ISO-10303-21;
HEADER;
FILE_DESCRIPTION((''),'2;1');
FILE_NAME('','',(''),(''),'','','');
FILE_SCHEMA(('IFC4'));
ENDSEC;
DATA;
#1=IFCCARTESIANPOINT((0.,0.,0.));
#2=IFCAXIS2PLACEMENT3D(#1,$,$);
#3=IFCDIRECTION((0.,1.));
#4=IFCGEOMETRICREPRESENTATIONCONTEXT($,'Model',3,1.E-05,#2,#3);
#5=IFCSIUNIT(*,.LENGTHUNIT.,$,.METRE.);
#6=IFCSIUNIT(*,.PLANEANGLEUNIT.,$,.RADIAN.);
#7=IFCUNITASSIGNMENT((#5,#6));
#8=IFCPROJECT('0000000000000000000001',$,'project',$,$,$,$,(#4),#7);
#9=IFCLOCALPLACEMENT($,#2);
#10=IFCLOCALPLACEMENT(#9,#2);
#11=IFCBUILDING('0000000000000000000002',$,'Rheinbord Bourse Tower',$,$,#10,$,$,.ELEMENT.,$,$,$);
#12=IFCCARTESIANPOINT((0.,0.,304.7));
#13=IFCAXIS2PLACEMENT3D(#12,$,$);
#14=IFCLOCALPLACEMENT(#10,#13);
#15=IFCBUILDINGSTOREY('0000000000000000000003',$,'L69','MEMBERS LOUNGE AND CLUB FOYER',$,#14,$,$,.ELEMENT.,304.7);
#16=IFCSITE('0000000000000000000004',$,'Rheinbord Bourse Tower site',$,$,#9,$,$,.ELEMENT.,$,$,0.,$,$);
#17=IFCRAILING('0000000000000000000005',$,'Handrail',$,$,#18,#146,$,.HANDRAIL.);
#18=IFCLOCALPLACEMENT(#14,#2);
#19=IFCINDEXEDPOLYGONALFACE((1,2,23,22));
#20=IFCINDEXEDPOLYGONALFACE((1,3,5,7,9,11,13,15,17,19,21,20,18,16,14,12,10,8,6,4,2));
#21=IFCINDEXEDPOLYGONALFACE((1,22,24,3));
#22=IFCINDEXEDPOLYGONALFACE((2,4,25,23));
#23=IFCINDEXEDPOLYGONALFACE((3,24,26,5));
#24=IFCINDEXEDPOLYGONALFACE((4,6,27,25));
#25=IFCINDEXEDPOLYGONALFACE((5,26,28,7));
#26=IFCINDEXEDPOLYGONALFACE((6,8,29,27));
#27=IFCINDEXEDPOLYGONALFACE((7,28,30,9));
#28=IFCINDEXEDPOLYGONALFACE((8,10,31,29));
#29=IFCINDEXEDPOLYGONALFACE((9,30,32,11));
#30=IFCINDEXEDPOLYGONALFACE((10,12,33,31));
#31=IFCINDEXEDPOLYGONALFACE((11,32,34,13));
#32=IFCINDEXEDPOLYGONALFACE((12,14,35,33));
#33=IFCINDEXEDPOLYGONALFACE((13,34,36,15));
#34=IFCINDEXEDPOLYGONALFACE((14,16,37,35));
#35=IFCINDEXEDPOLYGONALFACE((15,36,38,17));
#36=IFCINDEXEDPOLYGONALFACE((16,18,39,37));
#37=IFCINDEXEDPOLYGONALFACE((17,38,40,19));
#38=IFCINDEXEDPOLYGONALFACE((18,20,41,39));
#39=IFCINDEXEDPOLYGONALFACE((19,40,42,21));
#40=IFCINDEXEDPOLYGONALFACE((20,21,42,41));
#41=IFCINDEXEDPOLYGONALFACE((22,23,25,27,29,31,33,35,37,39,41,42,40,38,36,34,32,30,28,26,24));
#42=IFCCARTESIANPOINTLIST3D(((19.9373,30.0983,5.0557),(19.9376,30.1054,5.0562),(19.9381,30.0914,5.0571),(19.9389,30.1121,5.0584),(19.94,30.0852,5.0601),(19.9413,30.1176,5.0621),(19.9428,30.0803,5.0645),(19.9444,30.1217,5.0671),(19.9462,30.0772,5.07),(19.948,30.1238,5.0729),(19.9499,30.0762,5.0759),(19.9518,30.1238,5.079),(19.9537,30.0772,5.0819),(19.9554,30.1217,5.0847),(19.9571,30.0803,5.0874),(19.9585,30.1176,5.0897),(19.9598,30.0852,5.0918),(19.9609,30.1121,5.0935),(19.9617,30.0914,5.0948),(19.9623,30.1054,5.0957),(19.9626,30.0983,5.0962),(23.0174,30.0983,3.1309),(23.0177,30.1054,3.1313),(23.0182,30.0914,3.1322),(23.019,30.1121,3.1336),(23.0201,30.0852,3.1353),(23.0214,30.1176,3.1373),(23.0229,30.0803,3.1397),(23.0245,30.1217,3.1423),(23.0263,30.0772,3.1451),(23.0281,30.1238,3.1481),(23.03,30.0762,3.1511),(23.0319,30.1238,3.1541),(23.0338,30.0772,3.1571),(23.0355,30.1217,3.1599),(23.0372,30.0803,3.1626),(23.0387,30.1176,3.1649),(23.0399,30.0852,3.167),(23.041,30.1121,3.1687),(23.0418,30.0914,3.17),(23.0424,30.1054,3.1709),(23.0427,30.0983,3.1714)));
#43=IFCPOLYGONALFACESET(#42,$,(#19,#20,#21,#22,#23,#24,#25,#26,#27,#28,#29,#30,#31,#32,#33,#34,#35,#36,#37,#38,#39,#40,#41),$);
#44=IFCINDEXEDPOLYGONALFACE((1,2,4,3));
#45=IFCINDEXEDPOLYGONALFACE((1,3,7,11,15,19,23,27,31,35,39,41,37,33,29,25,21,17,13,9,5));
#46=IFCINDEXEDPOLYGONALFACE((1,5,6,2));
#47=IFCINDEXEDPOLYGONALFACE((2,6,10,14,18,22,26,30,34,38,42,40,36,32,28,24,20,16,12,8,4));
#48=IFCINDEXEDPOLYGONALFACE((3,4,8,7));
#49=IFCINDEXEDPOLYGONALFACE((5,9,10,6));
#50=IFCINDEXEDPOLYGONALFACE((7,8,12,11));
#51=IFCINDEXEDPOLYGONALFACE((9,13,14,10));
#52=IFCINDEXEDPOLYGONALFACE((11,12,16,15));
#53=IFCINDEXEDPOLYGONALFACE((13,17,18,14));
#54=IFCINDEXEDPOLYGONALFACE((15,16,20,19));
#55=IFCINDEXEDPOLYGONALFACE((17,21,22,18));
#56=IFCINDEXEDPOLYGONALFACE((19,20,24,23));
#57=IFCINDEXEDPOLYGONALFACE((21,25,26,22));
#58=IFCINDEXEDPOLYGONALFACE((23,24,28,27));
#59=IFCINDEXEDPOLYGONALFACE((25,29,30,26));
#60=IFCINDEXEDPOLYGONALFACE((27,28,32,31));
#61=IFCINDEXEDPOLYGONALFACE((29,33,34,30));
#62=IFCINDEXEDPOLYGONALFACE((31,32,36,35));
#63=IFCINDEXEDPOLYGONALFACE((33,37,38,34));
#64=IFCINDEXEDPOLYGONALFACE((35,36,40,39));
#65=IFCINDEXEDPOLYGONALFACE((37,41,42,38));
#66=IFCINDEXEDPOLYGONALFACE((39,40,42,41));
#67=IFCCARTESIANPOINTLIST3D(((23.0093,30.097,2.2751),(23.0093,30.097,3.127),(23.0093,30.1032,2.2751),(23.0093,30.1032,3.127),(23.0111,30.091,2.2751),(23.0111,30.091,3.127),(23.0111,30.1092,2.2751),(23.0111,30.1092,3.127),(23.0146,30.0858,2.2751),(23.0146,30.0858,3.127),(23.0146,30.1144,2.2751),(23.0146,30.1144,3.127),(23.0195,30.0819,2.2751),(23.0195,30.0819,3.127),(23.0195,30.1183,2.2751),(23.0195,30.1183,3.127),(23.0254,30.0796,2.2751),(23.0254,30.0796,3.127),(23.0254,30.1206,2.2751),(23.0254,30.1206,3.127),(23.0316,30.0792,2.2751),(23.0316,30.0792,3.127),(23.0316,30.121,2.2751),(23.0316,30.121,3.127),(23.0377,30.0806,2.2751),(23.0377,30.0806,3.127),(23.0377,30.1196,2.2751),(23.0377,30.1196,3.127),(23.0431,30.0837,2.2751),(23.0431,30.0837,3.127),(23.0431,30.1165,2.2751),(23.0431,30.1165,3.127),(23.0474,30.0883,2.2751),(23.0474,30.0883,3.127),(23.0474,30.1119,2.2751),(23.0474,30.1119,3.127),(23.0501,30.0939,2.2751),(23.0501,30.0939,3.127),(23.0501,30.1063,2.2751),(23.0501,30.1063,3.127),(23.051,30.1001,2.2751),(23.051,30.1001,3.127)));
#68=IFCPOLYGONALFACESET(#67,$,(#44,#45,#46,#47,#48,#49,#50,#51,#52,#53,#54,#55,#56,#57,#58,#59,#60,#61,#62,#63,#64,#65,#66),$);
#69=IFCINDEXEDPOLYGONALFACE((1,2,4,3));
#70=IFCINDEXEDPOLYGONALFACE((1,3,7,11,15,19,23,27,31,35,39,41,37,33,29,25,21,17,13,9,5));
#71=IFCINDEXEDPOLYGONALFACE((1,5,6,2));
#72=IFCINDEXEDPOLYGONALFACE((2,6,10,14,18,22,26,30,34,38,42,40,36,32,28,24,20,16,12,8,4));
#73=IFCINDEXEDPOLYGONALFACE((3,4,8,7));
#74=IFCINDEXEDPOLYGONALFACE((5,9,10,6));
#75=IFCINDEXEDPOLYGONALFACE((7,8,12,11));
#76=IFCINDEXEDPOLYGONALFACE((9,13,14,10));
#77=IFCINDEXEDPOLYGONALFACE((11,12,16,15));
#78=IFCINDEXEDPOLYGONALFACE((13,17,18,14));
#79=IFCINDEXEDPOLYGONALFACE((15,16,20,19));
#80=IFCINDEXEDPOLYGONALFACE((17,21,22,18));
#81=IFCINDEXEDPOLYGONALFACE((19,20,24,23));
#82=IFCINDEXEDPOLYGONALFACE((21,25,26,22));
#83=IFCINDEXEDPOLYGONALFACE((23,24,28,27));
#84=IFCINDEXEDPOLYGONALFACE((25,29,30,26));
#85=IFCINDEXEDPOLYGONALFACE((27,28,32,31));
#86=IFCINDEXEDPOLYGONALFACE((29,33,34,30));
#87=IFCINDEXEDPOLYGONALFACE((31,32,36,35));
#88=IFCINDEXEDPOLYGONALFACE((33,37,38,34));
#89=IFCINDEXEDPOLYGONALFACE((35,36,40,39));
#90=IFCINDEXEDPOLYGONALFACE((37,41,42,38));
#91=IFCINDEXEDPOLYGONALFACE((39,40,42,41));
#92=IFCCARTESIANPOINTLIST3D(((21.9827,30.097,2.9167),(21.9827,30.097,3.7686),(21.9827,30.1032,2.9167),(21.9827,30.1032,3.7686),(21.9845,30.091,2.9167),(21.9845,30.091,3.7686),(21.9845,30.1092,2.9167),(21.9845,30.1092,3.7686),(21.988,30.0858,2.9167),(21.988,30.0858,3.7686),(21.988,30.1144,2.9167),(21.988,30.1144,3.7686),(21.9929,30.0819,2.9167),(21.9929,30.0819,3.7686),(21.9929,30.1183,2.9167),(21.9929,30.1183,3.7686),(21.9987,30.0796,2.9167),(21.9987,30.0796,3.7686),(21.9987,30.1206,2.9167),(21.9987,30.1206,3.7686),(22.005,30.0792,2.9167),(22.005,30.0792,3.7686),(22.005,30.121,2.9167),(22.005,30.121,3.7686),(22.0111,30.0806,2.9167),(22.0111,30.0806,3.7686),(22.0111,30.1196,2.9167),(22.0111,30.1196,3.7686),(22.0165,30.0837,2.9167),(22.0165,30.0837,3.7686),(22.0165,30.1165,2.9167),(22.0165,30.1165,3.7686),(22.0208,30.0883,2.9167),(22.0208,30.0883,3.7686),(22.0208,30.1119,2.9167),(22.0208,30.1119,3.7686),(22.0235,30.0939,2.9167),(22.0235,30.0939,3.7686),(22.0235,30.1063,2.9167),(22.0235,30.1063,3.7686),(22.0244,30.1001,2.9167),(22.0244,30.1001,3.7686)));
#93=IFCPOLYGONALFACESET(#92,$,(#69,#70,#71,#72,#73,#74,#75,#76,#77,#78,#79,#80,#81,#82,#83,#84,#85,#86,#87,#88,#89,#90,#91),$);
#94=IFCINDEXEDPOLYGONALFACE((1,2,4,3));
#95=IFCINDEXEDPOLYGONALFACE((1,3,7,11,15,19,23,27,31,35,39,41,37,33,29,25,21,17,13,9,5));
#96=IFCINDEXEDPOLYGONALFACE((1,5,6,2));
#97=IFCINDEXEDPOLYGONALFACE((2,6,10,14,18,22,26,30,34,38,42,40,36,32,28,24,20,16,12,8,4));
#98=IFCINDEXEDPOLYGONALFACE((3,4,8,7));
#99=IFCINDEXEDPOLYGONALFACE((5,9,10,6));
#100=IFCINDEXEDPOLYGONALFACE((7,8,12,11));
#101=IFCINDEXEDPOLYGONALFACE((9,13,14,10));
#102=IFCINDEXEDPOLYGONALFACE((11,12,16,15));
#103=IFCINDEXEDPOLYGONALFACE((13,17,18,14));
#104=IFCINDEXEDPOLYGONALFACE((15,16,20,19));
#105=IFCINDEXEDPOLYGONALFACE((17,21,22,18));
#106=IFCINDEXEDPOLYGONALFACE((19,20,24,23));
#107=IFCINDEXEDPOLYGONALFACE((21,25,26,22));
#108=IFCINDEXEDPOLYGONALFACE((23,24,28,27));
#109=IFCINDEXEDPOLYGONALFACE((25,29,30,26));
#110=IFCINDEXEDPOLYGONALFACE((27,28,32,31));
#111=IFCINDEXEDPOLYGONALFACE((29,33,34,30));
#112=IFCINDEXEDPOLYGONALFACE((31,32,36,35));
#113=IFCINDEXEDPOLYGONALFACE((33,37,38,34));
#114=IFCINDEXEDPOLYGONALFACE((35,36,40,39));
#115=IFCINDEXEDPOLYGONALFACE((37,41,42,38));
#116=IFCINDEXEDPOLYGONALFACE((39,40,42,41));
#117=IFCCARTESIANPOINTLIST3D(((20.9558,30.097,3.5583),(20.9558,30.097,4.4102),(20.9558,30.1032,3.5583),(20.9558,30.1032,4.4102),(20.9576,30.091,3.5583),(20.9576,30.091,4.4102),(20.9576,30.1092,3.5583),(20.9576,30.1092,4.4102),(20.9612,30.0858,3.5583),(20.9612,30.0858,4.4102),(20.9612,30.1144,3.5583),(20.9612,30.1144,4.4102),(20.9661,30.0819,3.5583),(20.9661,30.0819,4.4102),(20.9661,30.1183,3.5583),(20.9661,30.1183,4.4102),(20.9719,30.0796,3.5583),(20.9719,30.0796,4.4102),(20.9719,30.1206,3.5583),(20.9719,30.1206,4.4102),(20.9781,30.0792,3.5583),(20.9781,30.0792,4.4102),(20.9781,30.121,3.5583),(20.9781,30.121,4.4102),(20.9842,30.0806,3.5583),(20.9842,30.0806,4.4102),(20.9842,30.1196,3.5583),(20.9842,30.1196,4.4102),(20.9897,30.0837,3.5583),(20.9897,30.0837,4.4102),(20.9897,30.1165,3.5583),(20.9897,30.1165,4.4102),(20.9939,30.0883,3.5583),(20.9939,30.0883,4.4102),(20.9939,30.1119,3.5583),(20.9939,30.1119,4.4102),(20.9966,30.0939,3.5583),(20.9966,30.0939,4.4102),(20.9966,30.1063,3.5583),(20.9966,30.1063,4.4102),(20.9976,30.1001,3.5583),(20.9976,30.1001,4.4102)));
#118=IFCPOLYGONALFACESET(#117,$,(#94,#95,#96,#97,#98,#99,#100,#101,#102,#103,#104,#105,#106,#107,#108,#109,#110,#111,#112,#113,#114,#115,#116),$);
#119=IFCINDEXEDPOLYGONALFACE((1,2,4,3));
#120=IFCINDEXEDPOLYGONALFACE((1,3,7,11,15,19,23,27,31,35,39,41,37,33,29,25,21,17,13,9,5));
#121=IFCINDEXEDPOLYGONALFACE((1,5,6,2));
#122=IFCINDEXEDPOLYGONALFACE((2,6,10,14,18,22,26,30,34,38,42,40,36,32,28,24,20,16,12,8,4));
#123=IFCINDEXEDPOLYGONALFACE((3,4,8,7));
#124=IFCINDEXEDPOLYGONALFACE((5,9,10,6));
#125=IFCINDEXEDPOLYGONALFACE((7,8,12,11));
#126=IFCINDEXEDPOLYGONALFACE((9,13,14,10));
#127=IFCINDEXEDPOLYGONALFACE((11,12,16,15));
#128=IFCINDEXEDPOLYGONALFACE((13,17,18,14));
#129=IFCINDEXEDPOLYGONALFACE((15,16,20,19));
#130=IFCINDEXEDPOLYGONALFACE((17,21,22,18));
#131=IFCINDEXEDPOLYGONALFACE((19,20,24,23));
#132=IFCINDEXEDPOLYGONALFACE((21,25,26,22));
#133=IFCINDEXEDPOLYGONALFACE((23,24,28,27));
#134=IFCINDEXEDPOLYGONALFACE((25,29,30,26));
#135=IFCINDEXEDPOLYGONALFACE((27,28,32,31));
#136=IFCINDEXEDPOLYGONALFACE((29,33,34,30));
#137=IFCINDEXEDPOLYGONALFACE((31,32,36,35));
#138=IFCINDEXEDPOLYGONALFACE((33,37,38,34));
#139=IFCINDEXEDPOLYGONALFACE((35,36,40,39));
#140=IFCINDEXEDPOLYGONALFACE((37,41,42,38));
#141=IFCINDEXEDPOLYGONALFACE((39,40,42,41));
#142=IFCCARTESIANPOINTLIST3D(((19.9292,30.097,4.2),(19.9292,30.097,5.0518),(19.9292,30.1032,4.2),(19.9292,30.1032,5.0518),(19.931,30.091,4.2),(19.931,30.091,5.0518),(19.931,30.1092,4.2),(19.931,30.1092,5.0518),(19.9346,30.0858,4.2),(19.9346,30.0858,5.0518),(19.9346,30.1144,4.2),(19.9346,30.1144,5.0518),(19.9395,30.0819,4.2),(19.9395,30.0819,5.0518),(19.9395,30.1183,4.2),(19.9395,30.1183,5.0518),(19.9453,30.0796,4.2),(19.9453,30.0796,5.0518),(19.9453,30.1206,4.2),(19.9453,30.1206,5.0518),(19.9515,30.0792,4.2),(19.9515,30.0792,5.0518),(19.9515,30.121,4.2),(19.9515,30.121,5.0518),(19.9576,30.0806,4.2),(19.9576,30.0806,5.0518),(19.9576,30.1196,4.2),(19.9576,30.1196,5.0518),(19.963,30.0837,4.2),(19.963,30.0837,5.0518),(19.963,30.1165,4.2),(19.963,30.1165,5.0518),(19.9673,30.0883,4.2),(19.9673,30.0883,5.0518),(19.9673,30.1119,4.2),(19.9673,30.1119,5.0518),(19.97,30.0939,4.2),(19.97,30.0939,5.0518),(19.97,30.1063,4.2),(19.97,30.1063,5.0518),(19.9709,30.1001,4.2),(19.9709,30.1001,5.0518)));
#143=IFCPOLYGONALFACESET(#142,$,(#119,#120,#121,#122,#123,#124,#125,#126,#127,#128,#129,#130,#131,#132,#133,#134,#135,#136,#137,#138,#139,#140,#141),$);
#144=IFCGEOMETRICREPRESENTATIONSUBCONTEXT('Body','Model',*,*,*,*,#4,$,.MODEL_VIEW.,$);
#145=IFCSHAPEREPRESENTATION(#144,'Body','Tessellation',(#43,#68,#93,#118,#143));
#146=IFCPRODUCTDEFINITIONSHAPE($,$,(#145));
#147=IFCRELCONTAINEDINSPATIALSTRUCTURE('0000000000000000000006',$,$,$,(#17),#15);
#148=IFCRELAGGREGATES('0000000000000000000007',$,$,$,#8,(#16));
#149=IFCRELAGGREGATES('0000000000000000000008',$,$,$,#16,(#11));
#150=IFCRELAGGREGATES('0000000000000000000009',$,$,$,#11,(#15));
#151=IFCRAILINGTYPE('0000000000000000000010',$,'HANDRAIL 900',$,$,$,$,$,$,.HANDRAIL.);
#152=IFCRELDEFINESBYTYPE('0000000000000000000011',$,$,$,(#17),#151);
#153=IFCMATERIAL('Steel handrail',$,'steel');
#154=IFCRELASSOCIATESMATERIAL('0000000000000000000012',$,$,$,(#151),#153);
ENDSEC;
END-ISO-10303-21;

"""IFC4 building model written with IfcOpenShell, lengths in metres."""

from ifc_helpers import new_model, si_unit, direction, frame, origin, origin_2d, place, context, subcontext, project, spatial, circle, extrude, material, type_object, element, save


model = new_model("IFC4")

# Units and contexts
model_context = context("Model", 3, precision=1e-05, world=origin(), true_north=direction((0.0, 1.0)))
body_context = subcontext(model_context, "Body", "Model", "MODEL_VIEW")
ifc_project = project(units=[si_unit("LENGTHUNIT", "METRE"), si_unit("PLANEANGLEUNIT", "RADIAN")], contexts=[model_context])

# Site, building, storey
site_placement = place(None, origin())
site = spatial("IfcSite", under=ifc_project, at=site_placement, Name="Rheinbord Bourse Tower site", CompositionType="ELEMENT", RefElevation=0.0)
building_placement = place(site_placement, origin())
building = spatial("IfcBuilding", under=site, at=building_placement, Name="Rheinbord Bourse Tower", CompositionType="ELEMENT")
storey_placement = place(building_placement, frame((0.0, 0.0, 304.7)))
storey = spatial("IfcBuildingStorey", under=building, at=storey_placement, Name="L69", Description="MEMBERS LOUNGE AND CLUB FOYER", CompositionType="ELEMENT", Elevation=304.7)

# Railing
ifc_material_1 = material(Name="Steel handrail", Category="steel")
railing_type = type_object("IfcRailingType", Name="HANDRAIL 900", PredefinedType="HANDRAIL", material=ifc_material_1)
railing_1_placement = place(storey_placement, frame((23.03, 30.1001, 2.2751)))
element("IfcRailing", 1, at=railing_1_placement, inside=storey, type_object=railing_type, Name="Handrail", PredefinedType="HANDRAIL", context=body_context, shape_type="SweptSolid", body=[
    extrude(circle(Radius=0.0239, at=origin_2d()), frame((0.0, 0.0, 0.876), z_axis=(-0.848029, 0.0, 0.529951), x_axis=(0.0, -1.0, 0.0)), (0.0, 0.0, 1.0), 3.6321),
    extrude(circle(Radius=0.021, at=origin_2d()), origin(), (0.0, 0.0, 1.0), 0.8518),
    extrude(circle(Radius=0.021, at=origin_2d()), frame((-1.0266, 0.0, 0.6416)), (0.0, 0.0, 1.0), 0.8518),
    extrude(circle(Radius=0.021, at=origin_2d()), frame((-2.0535, 0.0, 1.2832)), (0.0, 0.0, 1.0), 0.8518),
    extrude(circle(Radius=0.021, at=origin_2d()), frame((-3.0801, 0.0, 1.9248)), (0.0, 0.0, 1.0), 0.8518),
])

save(model, "model.ifc")
